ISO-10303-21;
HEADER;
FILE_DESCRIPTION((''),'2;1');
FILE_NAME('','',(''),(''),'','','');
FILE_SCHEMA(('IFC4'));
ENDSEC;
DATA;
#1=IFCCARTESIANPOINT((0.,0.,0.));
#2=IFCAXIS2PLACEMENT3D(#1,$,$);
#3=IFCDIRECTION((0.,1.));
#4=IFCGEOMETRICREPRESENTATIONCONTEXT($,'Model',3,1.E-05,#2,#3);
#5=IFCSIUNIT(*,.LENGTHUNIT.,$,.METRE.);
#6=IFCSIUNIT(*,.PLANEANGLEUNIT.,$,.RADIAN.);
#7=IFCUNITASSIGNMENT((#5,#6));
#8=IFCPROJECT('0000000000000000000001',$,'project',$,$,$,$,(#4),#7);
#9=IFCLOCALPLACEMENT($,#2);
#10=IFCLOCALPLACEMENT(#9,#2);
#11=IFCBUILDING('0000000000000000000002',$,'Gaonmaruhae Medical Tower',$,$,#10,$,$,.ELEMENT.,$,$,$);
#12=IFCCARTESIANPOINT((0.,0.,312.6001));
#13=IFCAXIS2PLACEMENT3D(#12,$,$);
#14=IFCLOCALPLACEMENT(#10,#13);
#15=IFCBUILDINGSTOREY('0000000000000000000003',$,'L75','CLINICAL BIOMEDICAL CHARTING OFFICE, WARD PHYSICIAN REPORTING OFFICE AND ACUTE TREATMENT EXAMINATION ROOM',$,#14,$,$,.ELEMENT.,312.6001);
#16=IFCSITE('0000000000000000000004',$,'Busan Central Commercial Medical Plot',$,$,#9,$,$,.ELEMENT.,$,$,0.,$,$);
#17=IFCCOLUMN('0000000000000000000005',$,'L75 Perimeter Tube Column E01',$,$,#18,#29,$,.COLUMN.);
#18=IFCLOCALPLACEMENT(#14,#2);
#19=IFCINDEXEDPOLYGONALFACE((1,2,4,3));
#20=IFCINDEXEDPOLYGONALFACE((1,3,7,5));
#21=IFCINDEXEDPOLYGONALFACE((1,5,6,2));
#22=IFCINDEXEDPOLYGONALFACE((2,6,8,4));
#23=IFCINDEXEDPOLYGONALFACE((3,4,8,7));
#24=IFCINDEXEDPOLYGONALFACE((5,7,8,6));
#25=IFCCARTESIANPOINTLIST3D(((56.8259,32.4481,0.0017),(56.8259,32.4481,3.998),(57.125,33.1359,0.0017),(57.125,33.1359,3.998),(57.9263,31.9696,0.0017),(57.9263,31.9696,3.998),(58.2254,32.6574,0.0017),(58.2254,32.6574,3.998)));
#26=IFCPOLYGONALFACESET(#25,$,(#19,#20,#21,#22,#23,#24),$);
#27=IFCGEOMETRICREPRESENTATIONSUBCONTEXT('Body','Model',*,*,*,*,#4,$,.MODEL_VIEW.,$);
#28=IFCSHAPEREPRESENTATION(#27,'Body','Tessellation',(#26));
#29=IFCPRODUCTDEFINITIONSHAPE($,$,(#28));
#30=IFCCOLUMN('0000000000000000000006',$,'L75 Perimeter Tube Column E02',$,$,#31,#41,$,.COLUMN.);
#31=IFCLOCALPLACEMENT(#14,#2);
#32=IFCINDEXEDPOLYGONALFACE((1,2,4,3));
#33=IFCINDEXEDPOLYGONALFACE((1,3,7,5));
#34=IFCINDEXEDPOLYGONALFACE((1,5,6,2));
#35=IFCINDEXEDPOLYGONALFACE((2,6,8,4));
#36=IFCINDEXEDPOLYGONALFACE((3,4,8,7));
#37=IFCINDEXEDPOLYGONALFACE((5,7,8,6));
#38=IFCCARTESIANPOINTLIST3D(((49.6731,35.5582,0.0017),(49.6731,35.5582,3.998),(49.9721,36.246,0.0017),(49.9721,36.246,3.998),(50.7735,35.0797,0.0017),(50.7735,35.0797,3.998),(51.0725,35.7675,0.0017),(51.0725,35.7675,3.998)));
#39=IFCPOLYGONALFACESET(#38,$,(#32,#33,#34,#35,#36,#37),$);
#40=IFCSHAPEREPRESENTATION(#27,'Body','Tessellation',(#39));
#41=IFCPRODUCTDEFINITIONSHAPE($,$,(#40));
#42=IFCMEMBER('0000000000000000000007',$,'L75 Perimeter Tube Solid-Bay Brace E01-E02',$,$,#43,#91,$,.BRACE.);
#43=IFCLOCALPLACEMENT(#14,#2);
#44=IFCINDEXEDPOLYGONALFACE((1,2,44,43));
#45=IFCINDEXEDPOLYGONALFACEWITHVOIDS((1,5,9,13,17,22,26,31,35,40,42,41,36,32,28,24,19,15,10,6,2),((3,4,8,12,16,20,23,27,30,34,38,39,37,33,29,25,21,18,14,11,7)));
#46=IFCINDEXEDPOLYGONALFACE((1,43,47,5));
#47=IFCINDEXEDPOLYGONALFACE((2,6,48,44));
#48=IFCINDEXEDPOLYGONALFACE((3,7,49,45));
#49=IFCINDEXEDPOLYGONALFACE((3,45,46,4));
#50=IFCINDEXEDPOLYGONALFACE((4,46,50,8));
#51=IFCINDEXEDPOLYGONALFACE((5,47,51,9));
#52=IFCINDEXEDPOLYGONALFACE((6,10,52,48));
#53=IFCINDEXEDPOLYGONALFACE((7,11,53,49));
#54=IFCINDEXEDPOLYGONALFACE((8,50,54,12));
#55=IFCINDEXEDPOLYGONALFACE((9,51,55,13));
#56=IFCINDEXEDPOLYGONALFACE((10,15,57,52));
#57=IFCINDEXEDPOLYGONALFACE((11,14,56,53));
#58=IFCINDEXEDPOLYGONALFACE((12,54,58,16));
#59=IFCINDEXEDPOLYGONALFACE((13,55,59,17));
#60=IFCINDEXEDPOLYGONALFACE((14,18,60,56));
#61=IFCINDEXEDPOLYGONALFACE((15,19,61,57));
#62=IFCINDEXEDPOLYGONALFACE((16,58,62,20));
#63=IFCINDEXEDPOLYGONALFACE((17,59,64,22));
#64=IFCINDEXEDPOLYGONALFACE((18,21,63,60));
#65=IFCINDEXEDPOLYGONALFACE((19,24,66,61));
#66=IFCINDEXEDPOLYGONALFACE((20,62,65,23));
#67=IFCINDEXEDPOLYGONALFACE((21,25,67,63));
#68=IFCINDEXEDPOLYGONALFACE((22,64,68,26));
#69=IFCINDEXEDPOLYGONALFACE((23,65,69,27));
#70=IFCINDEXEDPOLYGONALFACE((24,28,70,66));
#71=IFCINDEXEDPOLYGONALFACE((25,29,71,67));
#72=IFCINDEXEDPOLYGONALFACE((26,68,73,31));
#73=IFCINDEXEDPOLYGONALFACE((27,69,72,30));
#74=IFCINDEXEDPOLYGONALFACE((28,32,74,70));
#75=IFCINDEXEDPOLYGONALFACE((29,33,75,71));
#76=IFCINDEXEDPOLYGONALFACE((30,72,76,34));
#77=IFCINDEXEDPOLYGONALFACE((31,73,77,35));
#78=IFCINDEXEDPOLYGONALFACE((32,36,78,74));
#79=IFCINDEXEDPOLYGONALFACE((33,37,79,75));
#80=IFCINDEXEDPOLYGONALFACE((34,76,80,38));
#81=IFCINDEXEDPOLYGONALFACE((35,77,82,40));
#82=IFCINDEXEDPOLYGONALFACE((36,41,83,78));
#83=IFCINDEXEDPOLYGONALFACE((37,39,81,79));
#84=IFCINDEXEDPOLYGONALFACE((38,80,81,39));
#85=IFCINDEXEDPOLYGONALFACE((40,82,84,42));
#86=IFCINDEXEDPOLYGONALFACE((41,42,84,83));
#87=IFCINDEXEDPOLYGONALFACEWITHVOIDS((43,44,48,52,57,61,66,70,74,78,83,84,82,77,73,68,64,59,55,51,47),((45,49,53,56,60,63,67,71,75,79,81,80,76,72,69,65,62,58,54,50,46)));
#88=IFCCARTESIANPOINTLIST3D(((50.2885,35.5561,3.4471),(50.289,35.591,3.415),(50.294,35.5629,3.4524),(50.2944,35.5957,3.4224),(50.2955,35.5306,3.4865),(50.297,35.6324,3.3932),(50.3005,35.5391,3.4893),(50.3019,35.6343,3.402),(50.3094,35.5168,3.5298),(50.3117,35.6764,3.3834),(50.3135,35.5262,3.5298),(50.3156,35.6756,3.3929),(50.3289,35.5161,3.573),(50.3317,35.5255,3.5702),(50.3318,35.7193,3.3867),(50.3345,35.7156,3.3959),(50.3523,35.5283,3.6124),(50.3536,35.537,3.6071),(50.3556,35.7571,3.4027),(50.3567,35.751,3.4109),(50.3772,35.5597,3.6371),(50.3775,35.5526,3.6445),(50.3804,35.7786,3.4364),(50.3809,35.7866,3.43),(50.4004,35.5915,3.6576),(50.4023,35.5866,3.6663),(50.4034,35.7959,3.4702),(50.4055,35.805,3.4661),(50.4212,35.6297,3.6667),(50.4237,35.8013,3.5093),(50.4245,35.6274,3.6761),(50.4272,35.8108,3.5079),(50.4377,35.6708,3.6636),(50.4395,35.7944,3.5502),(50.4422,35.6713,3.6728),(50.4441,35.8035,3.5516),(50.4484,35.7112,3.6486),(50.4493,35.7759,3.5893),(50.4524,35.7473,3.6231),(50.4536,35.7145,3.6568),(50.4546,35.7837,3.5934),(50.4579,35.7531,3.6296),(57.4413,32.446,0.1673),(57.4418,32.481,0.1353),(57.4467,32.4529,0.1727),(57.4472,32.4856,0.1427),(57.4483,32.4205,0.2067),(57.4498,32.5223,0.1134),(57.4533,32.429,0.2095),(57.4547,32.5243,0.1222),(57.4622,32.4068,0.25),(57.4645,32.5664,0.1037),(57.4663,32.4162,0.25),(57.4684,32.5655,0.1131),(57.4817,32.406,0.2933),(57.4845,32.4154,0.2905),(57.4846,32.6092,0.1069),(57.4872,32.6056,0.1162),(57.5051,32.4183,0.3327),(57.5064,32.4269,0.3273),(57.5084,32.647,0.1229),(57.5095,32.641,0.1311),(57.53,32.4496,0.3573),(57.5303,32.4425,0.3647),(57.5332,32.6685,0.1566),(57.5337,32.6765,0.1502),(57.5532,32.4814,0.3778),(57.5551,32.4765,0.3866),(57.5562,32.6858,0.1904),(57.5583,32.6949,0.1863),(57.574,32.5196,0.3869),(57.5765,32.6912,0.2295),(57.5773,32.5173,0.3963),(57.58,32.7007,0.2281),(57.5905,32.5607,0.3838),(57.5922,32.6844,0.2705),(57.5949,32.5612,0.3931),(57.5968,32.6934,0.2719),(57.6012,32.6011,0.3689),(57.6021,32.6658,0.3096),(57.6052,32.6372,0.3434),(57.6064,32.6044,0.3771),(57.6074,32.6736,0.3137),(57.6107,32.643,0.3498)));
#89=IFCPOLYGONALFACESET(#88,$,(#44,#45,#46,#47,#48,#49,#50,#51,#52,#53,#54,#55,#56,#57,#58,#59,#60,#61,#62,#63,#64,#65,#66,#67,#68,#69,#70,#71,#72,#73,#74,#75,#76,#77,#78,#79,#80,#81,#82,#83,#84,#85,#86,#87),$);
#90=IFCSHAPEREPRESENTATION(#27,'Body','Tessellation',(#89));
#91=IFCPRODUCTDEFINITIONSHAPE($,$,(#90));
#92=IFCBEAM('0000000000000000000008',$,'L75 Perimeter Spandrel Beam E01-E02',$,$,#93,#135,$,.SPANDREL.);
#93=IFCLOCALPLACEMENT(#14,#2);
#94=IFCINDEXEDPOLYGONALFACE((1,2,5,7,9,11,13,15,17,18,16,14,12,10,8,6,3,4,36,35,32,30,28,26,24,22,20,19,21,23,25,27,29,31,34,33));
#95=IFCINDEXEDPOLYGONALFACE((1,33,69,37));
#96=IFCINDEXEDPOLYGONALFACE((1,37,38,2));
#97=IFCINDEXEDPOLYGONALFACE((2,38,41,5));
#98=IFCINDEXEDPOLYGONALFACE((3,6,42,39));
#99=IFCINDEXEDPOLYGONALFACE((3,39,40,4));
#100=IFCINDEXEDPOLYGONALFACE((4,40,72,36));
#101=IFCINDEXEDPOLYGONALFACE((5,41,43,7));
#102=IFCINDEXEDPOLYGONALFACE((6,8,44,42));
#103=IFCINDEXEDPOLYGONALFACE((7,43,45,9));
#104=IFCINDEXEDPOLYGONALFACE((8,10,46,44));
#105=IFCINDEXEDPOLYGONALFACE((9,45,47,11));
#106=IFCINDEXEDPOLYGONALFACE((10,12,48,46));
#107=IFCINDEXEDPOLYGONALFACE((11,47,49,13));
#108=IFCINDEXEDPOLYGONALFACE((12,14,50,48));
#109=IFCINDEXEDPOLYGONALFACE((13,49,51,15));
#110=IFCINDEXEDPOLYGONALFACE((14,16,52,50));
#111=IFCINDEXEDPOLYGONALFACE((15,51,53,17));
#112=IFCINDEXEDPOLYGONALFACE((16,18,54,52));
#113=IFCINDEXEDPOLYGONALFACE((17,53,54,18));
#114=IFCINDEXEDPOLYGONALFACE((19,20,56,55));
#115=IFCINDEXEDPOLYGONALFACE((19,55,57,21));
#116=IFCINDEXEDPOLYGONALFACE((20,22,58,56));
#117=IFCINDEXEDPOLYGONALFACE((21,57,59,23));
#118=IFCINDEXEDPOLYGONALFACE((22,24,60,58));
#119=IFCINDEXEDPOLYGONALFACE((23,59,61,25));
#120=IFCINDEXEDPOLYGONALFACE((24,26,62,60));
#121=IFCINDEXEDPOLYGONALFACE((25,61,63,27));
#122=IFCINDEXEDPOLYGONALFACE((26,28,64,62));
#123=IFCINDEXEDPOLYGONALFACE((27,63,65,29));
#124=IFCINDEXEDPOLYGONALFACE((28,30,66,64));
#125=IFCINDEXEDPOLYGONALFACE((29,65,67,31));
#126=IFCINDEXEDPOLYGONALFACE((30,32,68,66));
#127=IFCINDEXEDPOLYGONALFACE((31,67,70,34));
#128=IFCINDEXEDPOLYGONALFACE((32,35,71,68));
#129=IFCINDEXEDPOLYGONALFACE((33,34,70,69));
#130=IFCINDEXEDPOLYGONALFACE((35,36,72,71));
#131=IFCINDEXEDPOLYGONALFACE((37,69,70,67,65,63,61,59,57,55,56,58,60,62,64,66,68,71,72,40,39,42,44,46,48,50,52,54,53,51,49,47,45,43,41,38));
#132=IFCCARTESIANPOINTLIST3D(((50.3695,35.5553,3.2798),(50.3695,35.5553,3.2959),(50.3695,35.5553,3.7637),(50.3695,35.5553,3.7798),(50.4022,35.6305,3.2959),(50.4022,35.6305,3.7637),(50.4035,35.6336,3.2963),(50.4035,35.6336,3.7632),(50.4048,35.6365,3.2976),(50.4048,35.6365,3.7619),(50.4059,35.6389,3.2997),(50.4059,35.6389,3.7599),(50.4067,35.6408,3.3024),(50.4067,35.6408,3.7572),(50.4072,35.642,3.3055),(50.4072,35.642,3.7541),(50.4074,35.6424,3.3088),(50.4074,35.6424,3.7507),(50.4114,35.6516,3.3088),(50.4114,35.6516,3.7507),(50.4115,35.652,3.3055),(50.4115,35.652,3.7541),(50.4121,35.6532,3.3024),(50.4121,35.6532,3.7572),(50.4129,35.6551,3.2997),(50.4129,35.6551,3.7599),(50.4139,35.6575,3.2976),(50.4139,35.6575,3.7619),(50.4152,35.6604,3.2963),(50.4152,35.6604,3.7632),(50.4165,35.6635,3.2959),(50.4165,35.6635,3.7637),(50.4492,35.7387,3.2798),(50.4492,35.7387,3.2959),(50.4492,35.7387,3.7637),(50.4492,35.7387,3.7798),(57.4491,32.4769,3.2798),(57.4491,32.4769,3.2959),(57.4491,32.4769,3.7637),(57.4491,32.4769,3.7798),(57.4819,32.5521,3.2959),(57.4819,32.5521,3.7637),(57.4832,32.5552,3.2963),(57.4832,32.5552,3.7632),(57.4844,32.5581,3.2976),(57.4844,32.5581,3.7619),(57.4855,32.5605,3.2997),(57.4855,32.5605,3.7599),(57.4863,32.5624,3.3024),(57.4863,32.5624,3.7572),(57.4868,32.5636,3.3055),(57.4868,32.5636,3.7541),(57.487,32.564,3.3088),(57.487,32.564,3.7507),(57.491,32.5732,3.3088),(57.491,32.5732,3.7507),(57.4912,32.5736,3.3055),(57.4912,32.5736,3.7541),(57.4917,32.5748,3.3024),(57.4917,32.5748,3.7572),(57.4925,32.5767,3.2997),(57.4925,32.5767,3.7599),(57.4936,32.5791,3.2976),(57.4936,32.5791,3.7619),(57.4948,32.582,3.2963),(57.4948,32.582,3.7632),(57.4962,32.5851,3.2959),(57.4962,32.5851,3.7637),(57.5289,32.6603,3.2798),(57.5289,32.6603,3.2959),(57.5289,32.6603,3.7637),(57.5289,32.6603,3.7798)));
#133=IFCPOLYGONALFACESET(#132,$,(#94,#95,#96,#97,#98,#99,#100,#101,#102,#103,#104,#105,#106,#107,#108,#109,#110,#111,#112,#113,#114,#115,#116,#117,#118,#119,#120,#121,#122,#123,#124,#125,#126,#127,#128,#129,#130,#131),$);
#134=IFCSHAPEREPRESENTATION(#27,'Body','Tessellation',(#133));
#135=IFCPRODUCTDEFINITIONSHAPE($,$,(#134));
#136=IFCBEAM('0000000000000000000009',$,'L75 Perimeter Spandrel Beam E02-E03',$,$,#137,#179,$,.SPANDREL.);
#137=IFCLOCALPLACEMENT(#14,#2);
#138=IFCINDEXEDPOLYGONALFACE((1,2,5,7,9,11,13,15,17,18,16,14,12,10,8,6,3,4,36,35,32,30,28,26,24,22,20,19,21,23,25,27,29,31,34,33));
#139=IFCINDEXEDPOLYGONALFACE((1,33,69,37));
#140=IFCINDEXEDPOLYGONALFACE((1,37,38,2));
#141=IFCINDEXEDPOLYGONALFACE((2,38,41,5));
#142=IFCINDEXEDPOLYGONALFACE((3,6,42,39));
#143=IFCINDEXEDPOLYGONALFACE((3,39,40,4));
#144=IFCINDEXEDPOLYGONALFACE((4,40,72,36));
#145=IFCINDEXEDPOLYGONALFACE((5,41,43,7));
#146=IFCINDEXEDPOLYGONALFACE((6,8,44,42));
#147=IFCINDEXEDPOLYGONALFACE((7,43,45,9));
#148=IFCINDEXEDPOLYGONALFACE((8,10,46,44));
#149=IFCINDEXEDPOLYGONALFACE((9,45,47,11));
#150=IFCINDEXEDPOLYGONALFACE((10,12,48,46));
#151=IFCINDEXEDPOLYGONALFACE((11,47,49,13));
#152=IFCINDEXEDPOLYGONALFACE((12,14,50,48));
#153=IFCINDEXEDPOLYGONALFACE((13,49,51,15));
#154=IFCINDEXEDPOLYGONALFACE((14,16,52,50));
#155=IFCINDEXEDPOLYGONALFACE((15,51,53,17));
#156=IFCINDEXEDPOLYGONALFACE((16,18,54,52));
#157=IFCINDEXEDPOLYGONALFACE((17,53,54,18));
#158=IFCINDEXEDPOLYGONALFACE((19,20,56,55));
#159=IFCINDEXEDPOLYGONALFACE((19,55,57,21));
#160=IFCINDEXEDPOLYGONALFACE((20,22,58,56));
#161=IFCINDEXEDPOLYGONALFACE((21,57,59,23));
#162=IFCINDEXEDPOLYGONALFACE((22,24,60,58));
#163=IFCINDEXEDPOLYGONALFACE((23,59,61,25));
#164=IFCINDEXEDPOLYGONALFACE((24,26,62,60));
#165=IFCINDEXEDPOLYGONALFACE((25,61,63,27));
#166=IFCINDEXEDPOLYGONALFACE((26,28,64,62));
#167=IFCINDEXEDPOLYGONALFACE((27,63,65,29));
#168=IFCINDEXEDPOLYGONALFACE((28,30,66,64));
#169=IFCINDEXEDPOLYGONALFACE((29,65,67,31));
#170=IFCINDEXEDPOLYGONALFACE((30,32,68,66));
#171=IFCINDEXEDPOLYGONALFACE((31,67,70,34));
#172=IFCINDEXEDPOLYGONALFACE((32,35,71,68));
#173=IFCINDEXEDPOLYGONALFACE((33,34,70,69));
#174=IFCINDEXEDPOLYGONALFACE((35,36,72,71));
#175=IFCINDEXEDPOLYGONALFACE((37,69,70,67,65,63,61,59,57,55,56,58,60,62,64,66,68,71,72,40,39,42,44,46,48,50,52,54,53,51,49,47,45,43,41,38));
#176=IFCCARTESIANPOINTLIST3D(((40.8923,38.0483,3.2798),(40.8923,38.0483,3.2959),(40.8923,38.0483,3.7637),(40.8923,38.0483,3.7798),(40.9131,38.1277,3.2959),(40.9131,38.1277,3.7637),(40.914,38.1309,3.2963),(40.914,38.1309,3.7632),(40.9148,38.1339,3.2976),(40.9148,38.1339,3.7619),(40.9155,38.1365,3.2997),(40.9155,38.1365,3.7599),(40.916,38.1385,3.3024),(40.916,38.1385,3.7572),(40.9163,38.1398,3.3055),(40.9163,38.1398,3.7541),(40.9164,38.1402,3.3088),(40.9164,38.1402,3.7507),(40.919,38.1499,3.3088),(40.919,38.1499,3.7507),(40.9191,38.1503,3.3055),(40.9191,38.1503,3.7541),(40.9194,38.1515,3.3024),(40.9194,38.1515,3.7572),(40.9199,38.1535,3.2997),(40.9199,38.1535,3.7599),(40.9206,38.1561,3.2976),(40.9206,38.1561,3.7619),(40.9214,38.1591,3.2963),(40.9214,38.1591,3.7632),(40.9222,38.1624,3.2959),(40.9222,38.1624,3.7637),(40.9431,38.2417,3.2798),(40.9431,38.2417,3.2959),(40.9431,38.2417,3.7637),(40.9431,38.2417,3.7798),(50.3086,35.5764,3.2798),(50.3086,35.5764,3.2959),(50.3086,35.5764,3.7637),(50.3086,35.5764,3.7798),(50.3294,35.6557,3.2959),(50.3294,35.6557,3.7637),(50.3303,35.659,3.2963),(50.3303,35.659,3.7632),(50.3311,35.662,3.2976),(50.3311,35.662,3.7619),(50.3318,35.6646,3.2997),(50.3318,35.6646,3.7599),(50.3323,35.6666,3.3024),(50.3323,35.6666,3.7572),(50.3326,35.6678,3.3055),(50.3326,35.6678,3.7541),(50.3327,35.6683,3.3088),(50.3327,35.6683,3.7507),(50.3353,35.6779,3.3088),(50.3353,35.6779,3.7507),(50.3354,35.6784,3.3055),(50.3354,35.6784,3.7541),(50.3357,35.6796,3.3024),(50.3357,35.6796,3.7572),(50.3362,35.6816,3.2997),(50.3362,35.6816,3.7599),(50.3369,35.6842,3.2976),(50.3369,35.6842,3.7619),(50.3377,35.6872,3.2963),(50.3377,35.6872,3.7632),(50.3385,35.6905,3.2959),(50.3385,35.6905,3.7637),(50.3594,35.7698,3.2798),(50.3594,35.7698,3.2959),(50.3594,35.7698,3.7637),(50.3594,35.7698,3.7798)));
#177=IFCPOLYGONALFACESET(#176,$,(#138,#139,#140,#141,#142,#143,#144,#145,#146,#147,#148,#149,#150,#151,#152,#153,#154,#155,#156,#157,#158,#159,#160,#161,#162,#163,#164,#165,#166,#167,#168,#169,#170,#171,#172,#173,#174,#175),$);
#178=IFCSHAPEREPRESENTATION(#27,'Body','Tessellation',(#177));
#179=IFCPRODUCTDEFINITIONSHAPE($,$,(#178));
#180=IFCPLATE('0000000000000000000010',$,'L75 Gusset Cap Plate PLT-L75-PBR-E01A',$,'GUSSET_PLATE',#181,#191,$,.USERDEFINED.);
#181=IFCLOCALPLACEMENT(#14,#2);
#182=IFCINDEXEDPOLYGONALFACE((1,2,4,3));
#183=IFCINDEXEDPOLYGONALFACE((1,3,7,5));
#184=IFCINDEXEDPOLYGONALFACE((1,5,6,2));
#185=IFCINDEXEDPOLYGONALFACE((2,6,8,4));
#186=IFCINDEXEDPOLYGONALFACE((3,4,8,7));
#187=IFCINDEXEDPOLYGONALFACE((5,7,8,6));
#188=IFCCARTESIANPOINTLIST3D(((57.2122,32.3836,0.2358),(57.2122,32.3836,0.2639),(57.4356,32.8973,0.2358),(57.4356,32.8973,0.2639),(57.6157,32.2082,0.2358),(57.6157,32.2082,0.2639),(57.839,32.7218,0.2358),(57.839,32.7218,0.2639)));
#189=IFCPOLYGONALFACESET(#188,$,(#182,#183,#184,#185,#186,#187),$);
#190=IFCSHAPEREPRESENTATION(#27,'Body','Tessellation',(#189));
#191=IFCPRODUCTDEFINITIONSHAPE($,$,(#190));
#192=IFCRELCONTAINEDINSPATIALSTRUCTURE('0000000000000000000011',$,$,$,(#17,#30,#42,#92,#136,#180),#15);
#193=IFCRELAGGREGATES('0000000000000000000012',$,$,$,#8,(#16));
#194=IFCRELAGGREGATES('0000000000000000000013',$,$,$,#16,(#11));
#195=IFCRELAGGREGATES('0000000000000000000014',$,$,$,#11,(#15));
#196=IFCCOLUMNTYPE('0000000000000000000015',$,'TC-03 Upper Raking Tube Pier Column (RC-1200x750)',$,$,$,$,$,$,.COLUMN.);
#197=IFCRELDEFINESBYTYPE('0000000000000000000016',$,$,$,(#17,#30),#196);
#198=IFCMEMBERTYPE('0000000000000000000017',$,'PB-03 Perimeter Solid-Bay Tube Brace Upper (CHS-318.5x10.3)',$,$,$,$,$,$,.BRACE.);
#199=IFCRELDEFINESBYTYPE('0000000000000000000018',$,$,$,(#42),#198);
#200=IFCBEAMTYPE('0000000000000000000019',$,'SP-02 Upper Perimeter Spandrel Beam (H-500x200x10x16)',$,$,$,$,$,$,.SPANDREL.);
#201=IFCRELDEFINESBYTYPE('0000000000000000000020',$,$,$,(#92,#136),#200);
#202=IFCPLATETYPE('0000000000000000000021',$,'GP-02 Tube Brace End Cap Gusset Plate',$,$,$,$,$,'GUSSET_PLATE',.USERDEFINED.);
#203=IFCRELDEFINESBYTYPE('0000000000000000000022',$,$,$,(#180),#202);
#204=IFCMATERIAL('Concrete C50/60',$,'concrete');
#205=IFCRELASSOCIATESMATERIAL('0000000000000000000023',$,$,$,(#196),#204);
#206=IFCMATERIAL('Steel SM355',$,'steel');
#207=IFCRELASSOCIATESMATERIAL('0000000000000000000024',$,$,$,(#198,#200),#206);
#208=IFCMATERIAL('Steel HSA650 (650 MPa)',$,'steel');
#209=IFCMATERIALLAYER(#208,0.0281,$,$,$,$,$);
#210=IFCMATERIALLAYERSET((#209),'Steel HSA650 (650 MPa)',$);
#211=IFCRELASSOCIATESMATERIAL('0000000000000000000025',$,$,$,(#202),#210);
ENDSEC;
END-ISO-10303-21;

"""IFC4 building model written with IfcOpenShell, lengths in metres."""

from ifc_helpers import new_model, si_unit, direction, frame, origin, origin_2d, place, context, subcontext, project, spatial, rectangle, hollow_circle, i_section, extrude, material, layer, layer_set, material_profile, profile_set, type_object, element, save


model = new_model("IFC4")

# Units and contexts
model_context = context("Model", 3, precision=1e-05, world=origin(), true_north=direction((0.0, 1.0)))
body_context = subcontext(model_context, "Body", "Model", "MODEL_VIEW")
ifc_project = project(units=[si_unit("LENGTHUNIT", "METRE"), si_unit("PLANEANGLEUNIT", "RADIAN")], contexts=[model_context])

# Site, building, storey
site_placement = place(None, origin())
site = spatial("IfcSite", under=ifc_project, at=site_placement, Name="Busan Central Commercial Medical Plot", CompositionType="ELEMENT", RefElevation=0.0)
building_placement = place(site_placement, origin())
building = spatial("IfcBuilding", under=site, at=building_placement, Name="Gaonmaruhae Medical Tower", CompositionType="ELEMENT")
storey_placement = place(building_placement, frame((0.0, 0.0, 312.6001)))
storey = spatial("IfcBuildingStorey", under=building, at=storey_placement, Name="L75", Description="CLINICAL BIOMEDICAL CHARTING OFFICE, WARD PHYSICIAN REPORTING OFFICE AND ACUTE TREATMENT EXAMINATION ROOM", CompositionType="ELEMENT", Elevation=312.6001)

# Columns
ifc_material_1 = material(Name="Concrete C50/60", Category="concrete")
ifc_material_profile_1 = material_profile(ifc_material_1, rectangle(XDim=1.2, YDim=0.75, at=origin_2d()), Name="RC-1200x750")
ifc_profile_set_1 = profile_set([ifc_material_profile_1], Name="Concrete C50/60")
column_type = type_object("IfcColumnType", Name="TC-03 Upper Raking Tube Pier Column (RC-1200x750)", PredefinedType="COLUMN", material=ifc_profile_set_1)
for number, where, z_axis, x_axis, name in (
    (1, (57.5256, 32.5527, 0.0017), (0.0, 0.0, 1.0), (-0.91706, 0.398749, 0.0), "L75 Perimeter Tube Column E01"),
    (2, (50.3728, 35.6628, 0.0017), (0.0, 0.0, 1.0), (-0.91706, 0.398749, 0.0), "L75 Perimeter Tube Column E02"),
):
    element("IfcColumn", number, at=place(storey_placement, frame(where, z_axis=z_axis, x_axis=x_axis)), inside=storey, type_object=column_type, Name=name, PredefinedType="COLUMN", context=body_context, shape_type="SweptSolid", body=[
        extrude(rectangle(XDim=1.2, YDim=0.75, at=origin_2d()), origin(), (0.0, 0.0, 1.0), 3.9963),
    ])

# Member
ifc_material_2 = material(Name="Steel SM355", Category="steel")
ifc_material_profile_2 = material_profile(ifc_material_2, hollow_circle(Radius=0.1592, WallThickness=0.0103, at=origin_2d()), Name="CHS-318.5x10.3")
ifc_profile_set_2 = profile_set([ifc_material_profile_2], Name="Steel SM355")
member_type = type_object("IfcMemberType", Name="PB-03 Perimeter Solid-Bay Tube Brace Upper (CHS-318.5x10.3)", PredefinedType="BRACE", material=ifc_profile_set_2)
member_placement = place(storey_placement, frame((57.5256, 32.5527, 0.25), z_axis=(-0.845363, 0.367571, 0.387624), x_axis=(-0.398746, -0.917062, 0.0)))
element("IfcMember", 3, at=member_placement, inside=storey, type_object=member_type, Name="L75 Perimeter Tube Solid-Bay Brace E01-E02", PredefinedType="BRACE", context=body_context, shape_type="SweptSolid", body=[
    extrude(hollow_circle(Radius=0.1592, WallThickness=0.0103, at=origin_2d()), origin(), (0.0, 0.0, 1.0), 8.4612),
])

# Beams
ifc_material_profile_3 = material_profile(ifc_material_2, i_section(OverallWidth=0.2, OverallDepth=0.5, WebThickness=0.01, FlangeThickness=0.0161, FilletRadius=0.0129, at=origin_2d()), Name="H-500x200x10x16")
ifc_profile_set_3 = profile_set([ifc_material_profile_3], Name="Steel SM355")
beam_type = type_object("IfcBeamType", Name="SP-02 Upper Perimeter Spandrel Beam (H-500x200x10x16)", PredefinedType="SPANDREL", material=ifc_profile_set_3)
beam_1_placement = place(storey_placement, frame((57.489, 32.5686, 3.5298), z_axis=(-0.917056, 0.398757, 0.0), x_axis=(-0.398757, -0.917056, 0.0)))
element("IfcBeam", 4, at=beam_1_placement, inside=storey, type_object=beam_type, Name="L75 Perimeter Spandrel Beam E01-E02", PredefinedType="SPANDREL", context=body_context, shape_type="SweptSolid", body=[
    extrude(i_section(OverallWidth=0.2, OverallDepth=0.5, WebThickness=0.01, FlangeThickness=0.0161, FilletRadius=0.0129, at=origin_2d()), origin(), (0.0, 0.0, 1.0), 7.72),
])
beam_2_placement = place(storey_placement, frame((50.334, 35.6731, 3.5298), z_axis=(-0.967227, 0.253913, 0.0), x_axis=(-0.253913, -0.967227, 0.0)))
element("IfcBeam", 5, at=beam_2_placement, inside=storey, type_object=beam_type, Name="L75 Perimeter Spandrel Beam E02-E03", PredefinedType="SPANDREL", context=body_context, shape_type="SweptSolid", body=[
    extrude(i_section(OverallWidth=0.2, OverallDepth=0.5, WebThickness=0.01, FlangeThickness=0.0161, FilletRadius=0.0129, at=origin_2d()), origin(), (0.0, 0.0, 1.0), 9.7354),
])

# Plate
ifc_material_3 = material(Name="Steel HSA650 (650 MPa)", Category="steel")
ifc_layer_1 = layer(ifc_material_3, 0.0281)
ifc_layer_set_1 = layer_set([ifc_layer_1], Name="Steel HSA650 (650 MPa)")
plate_type = type_object("IfcPlateType", Name="GP-02 Tube Brace End Cap Gusset Plate", ElementType="GUSSET_PLATE", PredefinedType="USERDEFINED", material=ifc_layer_set_1)
for number, where, z_axis, x_axis, name in (
    (6, (57.5256, 32.5527, 0.2358), (0.0, 0.0, 1.0), (0.398749, 0.91706, 0.0), "L75 Gusset Cap Plate PLT-L75-PBR-E01A"),
):
    element("IfcPlate", number, at=place(storey_placement, frame(where, z_axis=z_axis, x_axis=x_axis)), inside=storey, type_object=plate_type, Name=name, ObjectType="GUSSET_PLATE", PredefinedType="USERDEFINED", context=body_context, shape_type="SweptSolid", body=[
        extrude(rectangle(XDim=0.5601, YDim=0.4399, at=origin_2d()), origin(), (0.0, 0.0, 1.0), 0.0281),
    ])

save(model, "model.ifc")
